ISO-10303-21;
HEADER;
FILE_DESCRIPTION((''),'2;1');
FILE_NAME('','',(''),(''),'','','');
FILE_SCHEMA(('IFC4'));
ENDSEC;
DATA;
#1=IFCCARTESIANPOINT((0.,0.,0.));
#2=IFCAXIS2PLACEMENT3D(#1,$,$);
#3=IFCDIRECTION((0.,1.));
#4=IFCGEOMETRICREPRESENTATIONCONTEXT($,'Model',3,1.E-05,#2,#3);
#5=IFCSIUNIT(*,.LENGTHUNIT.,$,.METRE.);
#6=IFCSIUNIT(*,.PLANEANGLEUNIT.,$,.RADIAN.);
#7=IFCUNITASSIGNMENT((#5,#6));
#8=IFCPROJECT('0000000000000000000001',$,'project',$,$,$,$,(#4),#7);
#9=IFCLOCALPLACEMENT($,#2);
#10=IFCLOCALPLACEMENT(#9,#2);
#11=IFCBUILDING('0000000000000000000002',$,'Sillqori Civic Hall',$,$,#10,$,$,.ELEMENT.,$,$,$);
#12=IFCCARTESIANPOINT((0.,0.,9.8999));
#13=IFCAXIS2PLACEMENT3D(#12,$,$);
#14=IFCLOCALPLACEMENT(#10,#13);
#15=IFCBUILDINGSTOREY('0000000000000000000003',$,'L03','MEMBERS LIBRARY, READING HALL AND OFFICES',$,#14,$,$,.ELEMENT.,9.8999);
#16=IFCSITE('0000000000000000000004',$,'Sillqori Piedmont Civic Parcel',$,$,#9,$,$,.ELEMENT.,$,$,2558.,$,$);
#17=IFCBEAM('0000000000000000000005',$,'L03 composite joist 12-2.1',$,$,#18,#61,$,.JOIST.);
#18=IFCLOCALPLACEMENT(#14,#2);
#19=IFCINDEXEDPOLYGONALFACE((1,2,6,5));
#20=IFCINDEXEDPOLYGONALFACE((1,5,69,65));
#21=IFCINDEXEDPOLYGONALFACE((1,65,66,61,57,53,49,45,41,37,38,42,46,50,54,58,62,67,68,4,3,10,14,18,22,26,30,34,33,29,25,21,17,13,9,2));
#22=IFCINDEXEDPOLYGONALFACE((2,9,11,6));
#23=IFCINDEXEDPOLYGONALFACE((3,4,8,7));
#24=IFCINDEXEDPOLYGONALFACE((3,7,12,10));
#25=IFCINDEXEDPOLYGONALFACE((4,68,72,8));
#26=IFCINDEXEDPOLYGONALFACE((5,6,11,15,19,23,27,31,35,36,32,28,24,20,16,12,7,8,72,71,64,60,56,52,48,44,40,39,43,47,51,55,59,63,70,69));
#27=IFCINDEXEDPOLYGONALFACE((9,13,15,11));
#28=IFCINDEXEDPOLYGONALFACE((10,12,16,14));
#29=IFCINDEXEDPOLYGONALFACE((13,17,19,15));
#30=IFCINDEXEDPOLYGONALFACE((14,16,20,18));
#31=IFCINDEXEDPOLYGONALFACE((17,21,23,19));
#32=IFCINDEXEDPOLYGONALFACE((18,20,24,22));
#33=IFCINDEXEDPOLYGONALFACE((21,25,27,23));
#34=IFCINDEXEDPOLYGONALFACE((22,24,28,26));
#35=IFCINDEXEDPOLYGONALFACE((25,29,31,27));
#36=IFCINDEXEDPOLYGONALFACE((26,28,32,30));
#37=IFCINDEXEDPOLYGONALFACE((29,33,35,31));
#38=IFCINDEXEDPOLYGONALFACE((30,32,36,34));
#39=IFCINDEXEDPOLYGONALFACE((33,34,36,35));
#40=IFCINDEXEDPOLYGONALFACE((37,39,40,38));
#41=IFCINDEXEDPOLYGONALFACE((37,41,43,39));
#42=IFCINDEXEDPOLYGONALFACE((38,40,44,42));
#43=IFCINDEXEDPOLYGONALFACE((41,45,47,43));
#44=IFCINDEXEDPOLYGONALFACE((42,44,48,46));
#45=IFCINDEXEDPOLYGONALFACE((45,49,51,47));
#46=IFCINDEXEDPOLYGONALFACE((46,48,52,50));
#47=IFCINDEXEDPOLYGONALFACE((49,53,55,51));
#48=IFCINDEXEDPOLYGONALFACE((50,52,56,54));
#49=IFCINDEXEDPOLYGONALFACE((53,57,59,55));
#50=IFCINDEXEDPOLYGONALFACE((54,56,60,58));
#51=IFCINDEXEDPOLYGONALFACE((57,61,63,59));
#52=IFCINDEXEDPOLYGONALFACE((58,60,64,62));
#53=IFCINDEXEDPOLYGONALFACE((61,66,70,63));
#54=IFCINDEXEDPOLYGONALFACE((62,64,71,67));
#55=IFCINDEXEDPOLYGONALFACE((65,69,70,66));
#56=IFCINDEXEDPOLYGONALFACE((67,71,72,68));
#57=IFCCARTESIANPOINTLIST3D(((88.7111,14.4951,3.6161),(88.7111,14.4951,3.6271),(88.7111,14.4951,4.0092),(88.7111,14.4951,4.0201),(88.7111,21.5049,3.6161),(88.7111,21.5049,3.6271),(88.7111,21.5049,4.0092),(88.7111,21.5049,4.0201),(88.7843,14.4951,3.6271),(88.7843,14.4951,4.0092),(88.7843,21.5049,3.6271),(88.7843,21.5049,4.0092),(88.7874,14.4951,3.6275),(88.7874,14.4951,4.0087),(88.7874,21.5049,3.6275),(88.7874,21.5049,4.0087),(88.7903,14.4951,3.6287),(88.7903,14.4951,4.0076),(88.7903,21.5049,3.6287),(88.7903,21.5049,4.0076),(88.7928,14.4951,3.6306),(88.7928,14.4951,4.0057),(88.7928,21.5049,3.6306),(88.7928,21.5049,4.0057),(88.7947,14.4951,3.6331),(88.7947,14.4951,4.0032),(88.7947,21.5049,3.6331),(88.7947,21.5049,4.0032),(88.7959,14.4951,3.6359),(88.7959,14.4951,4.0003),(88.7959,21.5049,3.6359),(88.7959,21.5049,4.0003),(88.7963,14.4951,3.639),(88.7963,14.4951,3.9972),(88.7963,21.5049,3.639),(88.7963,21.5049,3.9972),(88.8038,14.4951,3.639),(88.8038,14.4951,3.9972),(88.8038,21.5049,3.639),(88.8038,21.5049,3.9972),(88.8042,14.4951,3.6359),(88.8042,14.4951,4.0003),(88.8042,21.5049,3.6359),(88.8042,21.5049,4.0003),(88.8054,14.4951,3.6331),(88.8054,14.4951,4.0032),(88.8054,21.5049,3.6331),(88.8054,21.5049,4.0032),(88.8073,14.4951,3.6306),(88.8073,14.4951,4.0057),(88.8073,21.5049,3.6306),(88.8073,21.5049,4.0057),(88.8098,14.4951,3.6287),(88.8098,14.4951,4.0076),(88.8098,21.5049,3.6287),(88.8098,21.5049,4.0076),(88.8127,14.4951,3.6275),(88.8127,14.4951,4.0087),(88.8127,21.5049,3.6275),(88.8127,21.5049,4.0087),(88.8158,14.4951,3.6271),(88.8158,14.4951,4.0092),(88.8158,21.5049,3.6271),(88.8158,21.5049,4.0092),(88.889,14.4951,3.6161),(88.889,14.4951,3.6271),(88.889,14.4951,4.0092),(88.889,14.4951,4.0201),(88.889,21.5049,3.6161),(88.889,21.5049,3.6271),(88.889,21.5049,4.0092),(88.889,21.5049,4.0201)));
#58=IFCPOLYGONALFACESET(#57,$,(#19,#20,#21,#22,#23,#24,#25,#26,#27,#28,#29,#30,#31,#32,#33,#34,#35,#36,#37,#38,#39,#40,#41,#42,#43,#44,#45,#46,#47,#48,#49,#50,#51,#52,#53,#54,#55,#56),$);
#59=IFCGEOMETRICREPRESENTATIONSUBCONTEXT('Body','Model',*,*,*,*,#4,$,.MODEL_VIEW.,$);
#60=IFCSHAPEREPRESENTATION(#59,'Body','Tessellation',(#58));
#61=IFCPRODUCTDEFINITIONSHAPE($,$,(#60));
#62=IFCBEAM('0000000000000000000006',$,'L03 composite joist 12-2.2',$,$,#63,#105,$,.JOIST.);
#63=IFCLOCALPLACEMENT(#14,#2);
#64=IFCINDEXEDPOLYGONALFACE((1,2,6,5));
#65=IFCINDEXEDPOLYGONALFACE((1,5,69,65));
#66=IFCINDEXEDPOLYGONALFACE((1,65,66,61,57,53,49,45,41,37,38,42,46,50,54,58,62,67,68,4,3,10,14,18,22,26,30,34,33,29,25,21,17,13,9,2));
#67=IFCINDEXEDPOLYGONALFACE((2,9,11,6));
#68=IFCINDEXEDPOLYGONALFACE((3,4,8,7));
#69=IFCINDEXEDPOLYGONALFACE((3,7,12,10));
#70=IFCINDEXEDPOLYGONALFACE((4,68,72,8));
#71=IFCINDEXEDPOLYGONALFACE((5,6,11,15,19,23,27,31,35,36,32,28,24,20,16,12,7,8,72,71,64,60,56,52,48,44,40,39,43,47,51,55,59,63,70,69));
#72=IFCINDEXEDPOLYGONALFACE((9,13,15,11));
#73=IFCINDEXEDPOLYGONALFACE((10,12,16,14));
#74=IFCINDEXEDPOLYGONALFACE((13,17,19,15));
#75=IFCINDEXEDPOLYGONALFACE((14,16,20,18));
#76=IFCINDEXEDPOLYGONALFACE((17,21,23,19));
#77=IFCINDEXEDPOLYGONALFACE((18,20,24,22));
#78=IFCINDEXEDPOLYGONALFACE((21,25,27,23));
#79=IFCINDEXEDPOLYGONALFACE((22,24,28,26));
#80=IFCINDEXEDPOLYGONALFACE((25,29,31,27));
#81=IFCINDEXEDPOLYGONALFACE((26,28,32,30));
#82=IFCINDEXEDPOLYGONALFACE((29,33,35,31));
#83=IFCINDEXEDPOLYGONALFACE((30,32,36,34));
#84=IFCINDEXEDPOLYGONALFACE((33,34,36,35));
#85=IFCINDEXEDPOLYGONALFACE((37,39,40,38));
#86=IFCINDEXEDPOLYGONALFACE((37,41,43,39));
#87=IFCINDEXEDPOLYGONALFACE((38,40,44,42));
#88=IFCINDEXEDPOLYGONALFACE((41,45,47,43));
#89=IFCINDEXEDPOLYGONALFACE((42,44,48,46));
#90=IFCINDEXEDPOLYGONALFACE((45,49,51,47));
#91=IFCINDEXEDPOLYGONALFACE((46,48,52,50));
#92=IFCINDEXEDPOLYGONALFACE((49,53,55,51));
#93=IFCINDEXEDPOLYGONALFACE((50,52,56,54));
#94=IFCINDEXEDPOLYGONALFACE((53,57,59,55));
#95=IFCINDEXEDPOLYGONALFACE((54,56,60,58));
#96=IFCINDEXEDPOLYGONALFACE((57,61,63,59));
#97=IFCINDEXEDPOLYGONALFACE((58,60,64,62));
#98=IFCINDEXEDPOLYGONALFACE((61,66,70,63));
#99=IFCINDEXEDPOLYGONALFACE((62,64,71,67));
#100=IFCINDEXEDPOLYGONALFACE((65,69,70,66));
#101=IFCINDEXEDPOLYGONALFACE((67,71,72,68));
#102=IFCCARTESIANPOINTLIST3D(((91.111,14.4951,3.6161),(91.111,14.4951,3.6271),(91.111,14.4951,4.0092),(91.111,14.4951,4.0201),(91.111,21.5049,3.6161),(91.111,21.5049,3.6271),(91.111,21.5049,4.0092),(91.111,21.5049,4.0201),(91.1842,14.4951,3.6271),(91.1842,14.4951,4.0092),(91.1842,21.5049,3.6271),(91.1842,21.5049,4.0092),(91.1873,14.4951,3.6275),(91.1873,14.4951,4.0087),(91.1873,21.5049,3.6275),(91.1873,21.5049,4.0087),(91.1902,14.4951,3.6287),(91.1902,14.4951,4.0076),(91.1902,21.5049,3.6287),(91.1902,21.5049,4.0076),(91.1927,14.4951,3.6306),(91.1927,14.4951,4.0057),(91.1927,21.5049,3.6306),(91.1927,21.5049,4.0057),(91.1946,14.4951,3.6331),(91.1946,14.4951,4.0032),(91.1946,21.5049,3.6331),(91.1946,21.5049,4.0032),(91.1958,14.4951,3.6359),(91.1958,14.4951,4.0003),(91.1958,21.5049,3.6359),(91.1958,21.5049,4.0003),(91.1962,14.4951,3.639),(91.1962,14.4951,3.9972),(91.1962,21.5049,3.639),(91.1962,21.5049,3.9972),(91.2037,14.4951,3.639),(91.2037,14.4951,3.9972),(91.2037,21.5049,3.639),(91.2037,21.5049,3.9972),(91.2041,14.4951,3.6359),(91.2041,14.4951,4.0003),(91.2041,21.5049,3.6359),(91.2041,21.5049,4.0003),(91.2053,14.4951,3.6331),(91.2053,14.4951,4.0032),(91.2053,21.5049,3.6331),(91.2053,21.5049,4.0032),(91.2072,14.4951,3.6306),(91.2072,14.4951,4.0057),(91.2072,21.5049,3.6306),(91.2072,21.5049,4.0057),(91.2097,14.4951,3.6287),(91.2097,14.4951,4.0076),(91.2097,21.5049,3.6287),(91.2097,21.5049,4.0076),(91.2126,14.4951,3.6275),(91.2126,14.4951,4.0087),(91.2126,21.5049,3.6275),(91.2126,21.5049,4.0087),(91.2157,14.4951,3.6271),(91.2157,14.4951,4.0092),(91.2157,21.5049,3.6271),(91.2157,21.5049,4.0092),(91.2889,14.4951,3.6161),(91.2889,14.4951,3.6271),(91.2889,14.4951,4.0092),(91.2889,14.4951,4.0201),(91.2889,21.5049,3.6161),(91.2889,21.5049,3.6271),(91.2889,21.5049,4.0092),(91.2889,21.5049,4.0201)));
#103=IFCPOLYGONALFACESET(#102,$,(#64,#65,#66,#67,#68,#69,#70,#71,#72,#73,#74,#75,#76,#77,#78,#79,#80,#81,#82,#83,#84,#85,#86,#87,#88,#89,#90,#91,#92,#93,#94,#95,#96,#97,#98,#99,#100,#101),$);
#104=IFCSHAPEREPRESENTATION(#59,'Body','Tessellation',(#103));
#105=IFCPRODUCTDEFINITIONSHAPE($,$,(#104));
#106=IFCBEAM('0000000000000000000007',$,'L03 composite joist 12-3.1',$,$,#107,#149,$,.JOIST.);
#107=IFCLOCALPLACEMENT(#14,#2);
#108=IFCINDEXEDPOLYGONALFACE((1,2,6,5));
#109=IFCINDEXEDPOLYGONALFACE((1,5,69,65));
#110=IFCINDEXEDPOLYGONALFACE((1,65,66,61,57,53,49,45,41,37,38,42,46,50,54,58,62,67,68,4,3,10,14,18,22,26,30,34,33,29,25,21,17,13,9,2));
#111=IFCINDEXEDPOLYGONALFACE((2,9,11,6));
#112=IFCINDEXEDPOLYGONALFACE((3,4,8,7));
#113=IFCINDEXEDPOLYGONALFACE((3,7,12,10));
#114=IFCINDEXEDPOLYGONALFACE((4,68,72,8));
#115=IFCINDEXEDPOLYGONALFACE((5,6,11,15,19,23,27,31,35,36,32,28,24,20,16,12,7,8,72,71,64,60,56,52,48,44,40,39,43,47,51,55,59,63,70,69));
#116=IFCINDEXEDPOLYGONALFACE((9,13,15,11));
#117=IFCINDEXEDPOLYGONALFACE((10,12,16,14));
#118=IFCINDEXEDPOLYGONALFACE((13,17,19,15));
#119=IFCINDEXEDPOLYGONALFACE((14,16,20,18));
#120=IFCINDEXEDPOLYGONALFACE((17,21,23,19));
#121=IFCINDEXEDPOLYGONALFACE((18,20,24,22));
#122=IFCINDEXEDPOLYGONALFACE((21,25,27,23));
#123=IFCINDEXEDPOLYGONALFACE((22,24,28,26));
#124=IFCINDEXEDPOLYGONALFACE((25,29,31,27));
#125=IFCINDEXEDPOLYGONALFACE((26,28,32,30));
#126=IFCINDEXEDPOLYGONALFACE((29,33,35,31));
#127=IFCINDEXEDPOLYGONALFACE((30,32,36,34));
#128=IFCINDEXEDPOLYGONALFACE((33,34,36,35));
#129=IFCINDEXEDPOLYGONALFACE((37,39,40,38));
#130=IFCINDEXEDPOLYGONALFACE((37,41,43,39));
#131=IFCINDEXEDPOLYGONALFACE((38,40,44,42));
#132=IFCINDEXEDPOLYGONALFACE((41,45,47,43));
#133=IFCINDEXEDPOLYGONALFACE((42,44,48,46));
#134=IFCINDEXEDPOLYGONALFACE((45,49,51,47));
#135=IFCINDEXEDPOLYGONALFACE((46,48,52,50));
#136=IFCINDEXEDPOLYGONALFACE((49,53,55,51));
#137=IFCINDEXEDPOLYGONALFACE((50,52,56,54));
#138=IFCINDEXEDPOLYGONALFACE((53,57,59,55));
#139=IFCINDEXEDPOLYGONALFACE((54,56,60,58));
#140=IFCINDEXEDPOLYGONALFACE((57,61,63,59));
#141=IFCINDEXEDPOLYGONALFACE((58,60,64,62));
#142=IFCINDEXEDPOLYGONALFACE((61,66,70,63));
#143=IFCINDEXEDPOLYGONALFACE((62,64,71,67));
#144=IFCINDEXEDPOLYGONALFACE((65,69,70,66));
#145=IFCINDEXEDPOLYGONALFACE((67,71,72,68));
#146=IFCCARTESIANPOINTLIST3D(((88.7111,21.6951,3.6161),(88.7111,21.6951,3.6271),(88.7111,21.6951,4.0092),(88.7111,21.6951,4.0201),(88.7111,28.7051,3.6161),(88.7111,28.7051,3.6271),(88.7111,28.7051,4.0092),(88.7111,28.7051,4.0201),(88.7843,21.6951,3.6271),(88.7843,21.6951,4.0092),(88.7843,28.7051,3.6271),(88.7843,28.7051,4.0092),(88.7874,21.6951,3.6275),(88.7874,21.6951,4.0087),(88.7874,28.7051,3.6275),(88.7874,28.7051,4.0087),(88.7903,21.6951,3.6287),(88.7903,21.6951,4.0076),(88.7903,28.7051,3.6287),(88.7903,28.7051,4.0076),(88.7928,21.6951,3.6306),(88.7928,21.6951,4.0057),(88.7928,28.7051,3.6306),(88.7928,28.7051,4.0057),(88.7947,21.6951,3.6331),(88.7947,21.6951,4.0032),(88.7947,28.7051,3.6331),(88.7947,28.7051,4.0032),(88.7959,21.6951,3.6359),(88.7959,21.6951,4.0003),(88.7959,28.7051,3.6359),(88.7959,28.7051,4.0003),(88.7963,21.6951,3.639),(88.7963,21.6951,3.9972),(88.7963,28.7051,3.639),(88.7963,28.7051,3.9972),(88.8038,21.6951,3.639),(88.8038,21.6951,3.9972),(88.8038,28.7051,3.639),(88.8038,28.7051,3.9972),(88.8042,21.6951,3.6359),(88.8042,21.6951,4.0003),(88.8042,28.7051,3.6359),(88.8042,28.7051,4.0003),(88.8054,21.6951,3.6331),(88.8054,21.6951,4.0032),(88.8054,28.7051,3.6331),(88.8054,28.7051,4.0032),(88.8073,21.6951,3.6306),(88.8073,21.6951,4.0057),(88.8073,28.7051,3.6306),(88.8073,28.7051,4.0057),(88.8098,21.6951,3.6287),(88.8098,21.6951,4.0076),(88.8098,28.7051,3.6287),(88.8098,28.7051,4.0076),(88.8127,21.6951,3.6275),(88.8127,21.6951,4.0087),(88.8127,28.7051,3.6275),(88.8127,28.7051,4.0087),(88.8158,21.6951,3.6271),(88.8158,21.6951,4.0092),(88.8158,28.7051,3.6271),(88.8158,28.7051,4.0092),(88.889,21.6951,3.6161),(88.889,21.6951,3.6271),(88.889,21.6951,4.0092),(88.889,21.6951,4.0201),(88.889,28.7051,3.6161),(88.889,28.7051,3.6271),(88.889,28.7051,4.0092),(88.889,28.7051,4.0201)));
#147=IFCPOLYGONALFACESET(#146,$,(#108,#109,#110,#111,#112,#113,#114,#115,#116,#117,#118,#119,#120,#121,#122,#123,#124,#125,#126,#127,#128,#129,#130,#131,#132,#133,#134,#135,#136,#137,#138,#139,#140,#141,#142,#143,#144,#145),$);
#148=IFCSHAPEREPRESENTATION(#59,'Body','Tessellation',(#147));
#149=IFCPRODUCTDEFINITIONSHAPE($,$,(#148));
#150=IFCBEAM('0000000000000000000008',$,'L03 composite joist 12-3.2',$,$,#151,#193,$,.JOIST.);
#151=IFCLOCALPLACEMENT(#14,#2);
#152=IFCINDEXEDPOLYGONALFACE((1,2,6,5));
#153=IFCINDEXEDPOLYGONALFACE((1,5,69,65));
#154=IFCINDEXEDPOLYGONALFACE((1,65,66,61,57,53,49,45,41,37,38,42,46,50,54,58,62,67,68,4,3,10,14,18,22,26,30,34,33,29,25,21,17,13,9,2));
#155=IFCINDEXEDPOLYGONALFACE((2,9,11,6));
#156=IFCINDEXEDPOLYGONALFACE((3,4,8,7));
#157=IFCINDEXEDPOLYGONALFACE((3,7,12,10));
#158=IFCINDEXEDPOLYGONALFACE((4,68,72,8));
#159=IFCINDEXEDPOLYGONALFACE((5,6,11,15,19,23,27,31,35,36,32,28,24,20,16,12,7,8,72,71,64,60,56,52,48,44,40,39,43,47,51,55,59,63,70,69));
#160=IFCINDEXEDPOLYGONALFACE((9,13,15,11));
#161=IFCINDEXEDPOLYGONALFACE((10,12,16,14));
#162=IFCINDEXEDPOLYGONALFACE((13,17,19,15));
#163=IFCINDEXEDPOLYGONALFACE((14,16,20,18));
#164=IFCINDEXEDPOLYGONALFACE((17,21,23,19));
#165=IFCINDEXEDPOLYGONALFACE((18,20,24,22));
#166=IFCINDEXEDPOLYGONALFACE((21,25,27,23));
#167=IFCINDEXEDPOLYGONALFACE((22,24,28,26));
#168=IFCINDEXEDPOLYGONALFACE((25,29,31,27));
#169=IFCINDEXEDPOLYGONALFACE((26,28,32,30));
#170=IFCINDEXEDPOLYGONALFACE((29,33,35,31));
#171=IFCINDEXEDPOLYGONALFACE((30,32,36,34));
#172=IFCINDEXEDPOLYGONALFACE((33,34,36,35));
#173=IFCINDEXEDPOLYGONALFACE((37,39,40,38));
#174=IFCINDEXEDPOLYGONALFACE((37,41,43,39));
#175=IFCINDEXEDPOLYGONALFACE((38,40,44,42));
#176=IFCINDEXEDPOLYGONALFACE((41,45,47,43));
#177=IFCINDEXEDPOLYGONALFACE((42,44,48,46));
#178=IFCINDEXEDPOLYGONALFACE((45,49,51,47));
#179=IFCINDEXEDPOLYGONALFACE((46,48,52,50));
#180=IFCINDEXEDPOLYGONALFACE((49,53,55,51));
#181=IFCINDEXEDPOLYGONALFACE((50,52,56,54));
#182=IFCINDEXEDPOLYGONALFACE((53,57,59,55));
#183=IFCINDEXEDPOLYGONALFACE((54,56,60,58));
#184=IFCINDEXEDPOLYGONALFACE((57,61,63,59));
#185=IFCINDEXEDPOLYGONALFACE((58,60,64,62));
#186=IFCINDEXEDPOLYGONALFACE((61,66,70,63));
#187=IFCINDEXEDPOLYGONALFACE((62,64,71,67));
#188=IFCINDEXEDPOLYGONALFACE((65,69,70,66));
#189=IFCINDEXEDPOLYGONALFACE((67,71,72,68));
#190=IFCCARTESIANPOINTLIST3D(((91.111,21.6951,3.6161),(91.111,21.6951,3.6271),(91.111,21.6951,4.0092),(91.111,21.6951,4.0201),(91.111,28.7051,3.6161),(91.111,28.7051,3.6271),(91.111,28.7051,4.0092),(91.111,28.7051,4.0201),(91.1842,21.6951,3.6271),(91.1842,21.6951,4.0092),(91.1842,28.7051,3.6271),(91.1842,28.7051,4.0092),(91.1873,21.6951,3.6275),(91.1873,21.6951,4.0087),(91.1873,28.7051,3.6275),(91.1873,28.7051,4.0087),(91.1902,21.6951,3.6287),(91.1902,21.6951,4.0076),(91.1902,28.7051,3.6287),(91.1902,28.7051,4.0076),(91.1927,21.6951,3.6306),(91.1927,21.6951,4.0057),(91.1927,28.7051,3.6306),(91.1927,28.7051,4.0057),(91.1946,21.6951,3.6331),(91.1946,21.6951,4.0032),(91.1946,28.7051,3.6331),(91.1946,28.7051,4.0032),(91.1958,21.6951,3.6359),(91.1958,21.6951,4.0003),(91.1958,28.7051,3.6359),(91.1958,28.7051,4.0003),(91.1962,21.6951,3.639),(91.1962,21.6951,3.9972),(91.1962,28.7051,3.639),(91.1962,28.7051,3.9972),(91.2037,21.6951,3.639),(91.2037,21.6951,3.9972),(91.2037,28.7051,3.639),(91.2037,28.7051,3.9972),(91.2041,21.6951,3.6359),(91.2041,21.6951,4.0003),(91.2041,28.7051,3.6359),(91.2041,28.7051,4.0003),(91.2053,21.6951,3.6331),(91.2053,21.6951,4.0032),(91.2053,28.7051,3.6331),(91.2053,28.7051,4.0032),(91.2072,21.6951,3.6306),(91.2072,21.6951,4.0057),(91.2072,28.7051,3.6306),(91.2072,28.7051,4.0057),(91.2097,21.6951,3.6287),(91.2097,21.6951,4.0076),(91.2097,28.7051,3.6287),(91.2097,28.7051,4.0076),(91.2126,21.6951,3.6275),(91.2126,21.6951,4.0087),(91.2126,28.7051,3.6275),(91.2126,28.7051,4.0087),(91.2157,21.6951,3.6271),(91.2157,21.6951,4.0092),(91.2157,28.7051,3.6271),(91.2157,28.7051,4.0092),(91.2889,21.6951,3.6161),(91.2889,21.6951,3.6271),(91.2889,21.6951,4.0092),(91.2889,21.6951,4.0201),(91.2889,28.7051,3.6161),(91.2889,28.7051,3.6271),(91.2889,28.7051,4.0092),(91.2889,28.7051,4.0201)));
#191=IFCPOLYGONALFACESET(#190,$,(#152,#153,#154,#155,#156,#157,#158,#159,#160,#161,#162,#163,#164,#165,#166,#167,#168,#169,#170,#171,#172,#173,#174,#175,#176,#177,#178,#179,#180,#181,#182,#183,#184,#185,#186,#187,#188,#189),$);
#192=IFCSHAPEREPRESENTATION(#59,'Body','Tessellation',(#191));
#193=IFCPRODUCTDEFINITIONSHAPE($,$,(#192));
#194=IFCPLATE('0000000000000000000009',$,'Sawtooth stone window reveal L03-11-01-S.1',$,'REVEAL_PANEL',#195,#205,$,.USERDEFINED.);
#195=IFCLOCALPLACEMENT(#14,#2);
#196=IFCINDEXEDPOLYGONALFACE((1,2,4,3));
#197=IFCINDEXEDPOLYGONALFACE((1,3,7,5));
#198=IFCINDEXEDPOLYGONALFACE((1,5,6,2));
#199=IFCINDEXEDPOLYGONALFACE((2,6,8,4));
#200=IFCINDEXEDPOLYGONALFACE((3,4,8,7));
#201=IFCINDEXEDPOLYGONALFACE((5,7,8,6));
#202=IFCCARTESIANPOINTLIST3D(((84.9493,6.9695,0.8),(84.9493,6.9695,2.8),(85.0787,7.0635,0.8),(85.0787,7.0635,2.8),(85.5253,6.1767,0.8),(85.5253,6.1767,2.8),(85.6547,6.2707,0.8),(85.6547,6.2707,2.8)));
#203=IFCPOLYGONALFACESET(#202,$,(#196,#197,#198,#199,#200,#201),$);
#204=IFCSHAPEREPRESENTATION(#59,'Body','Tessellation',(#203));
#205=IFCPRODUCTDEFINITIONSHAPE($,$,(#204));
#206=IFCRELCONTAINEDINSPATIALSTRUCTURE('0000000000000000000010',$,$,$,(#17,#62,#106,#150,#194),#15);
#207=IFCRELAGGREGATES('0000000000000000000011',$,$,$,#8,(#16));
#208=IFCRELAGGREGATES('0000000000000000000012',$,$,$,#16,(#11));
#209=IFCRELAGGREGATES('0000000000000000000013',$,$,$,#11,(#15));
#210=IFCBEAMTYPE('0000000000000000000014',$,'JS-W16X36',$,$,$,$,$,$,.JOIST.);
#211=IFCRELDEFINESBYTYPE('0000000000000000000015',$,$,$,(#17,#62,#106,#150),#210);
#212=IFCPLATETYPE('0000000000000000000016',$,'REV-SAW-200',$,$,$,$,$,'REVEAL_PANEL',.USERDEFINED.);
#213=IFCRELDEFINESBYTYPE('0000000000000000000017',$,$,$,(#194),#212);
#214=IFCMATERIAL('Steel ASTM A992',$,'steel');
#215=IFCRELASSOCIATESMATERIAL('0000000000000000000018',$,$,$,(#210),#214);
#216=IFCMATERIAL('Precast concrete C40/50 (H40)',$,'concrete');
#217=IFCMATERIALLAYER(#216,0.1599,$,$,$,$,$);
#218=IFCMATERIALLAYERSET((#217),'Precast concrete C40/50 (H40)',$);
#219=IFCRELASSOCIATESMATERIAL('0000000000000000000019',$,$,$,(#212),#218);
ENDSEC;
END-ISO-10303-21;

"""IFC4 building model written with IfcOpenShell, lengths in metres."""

from ifc_helpers import new_model, si_unit, direction, frame, origin, origin_2d, place, context, subcontext, project, spatial, rectangle, i_section, extrude, material, layer, layer_set, material_profile, profile_set, type_object, element, save


model = new_model("IFC4")

# Units and contexts
model_context = context("Model", 3, precision=1e-05, world=origin(), true_north=direction((0.0, 1.0)))
body_context = subcontext(model_context, "Body", "Model", "MODEL_VIEW")
ifc_project = project(units=[si_unit("LENGTHUNIT", "METRE"), si_unit("PLANEANGLEUNIT", "RADIAN")], contexts=[model_context])

# Site, building, storey
site_placement = place(None, origin())
site = spatial("IfcSite", under=ifc_project, at=site_placement, Name="Sillqori Piedmont Civic Parcel", CompositionType="ELEMENT", RefElevation=2558.0)
building_placement = place(site_placement, origin())
building = spatial("IfcBuilding", under=site, at=building_placement, Name="Sillqori Civic Hall", CompositionType="ELEMENT")
storey_placement = place(building_placement, frame((0.0, 0.0, 9.8999)))
storey = spatial("IfcBuildingStorey", under=building, at=storey_placement, Name="L03", Description="MEMBERS LIBRARY, READING HALL AND OFFICES", CompositionType="ELEMENT", Elevation=9.8999)

# Shared definitions
ifc_material_1 = material(Name="Steel ASTM A992", Category="steel")

# Beams
ifc_material_profile_1 = material_profile(ifc_material_1, i_section(OverallWidth=0.178, OverallDepth=0.4041, WebThickness=0.0076, FlangeThickness=0.011, FilletRadius=0.012, at=origin_2d()), Name="W16X36")
ifc_profile_set_1 = profile_set([ifc_material_profile_1], Name="Steel ASTM A992")
beam_type_1 = type_object("IfcBeamType", Name="JS-W16X36", PredefinedType="JOIST", material=ifc_profile_set_1)
for number, where, z_axis, x_axis, name in (
    (1, (88.8, 14.4951, 3.8181), (0.0, 1.0, 0.0), (-1.0, 0.0, 0.0), "L03 composite joist 12-2.1"),
    (2, (91.2, 14.4951, 3.8181), (0.0, 1.0, 0.0), (-1.0, 0.0, 0.0), "L03 composite joist 12-2.2"),
):
    element("IfcBeam", number, at=place(storey_placement, frame(where, z_axis=z_axis, x_axis=x_axis)), inside=storey, type_object=beam_type_1, Name=name, PredefinedType="JOIST", context=body_context, shape_type="SweptSolid", body=[
        extrude(i_section(OverallWidth=0.178, OverallDepth=0.4041, WebThickness=0.0076, FlangeThickness=0.011, FilletRadius=0.012, at=origin_2d()), origin(), (0.0, 0.0, 1.0), 7.0098),
    ])
for number, where, z_axis, x_axis, name in (
    (3, (88.8, 21.6951, 3.8181), (0.0, 1.0, 0.0), (-1.0, 0.0, 0.0), "L03 composite joist 12-3.1"),
    (4, (91.2, 21.6951, 3.8181), (0.0, 1.0, 0.0), (-1.0, 0.0, 0.0), "L03 composite joist 12-3.2"),
):
    element("IfcBeam", number, at=place(storey_placement, frame(where, z_axis=z_axis, x_axis=x_axis)), inside=storey, type_object=beam_type_1, Name=name, PredefinedType="JOIST", context=body_context, shape_type="SweptSolid", body=[
        extrude(i_section(OverallWidth=0.178, OverallDepth=0.4041, WebThickness=0.0076, FlangeThickness=0.011, FilletRadius=0.012, at=origin_2d()), origin(), (0.0, 0.0, 1.0), 7.01),
    ])

# Plate
ifc_material_2 = material(Name="Precast concrete C40/50 (H40)", Category="concrete")
ifc_layer_1 = layer(ifc_material_2, 0.1599)
ifc_layer_set_1 = layer_set([ifc_layer_1], Name="Precast concrete C40/50 (H40)")
plate_type = type_object("IfcPlateType", Name="REV-SAW-200", ElementType="REVEAL_PANEL", PredefinedType="USERDEFINED", material=ifc_layer_set_1)
for number, where, z_axis, x_axis, name in (
    (5, (85.302, 6.6201, 0.8), (0.0, 0.0, 1.0), (-0.809017, -0.587785, 0.0), "Sawtooth stone window reveal L03-11-01-S.1"),
):
    element("IfcPlate", number, at=place(storey_placement, frame(where, z_axis=z_axis, x_axis=x_axis)), inside=storey, type_object=plate_type, Name=name, ObjectType="REVEAL_PANEL", PredefinedType="USERDEFINED", context=body_context, shape_type="SweptSolid", body=[
        extrude(rectangle(XDim=0.1599, YDim=0.98, at=origin_2d()), origin(), (0.0, 0.0, 1.0), 2.0),
    ])

save(model, "model.ifc")
